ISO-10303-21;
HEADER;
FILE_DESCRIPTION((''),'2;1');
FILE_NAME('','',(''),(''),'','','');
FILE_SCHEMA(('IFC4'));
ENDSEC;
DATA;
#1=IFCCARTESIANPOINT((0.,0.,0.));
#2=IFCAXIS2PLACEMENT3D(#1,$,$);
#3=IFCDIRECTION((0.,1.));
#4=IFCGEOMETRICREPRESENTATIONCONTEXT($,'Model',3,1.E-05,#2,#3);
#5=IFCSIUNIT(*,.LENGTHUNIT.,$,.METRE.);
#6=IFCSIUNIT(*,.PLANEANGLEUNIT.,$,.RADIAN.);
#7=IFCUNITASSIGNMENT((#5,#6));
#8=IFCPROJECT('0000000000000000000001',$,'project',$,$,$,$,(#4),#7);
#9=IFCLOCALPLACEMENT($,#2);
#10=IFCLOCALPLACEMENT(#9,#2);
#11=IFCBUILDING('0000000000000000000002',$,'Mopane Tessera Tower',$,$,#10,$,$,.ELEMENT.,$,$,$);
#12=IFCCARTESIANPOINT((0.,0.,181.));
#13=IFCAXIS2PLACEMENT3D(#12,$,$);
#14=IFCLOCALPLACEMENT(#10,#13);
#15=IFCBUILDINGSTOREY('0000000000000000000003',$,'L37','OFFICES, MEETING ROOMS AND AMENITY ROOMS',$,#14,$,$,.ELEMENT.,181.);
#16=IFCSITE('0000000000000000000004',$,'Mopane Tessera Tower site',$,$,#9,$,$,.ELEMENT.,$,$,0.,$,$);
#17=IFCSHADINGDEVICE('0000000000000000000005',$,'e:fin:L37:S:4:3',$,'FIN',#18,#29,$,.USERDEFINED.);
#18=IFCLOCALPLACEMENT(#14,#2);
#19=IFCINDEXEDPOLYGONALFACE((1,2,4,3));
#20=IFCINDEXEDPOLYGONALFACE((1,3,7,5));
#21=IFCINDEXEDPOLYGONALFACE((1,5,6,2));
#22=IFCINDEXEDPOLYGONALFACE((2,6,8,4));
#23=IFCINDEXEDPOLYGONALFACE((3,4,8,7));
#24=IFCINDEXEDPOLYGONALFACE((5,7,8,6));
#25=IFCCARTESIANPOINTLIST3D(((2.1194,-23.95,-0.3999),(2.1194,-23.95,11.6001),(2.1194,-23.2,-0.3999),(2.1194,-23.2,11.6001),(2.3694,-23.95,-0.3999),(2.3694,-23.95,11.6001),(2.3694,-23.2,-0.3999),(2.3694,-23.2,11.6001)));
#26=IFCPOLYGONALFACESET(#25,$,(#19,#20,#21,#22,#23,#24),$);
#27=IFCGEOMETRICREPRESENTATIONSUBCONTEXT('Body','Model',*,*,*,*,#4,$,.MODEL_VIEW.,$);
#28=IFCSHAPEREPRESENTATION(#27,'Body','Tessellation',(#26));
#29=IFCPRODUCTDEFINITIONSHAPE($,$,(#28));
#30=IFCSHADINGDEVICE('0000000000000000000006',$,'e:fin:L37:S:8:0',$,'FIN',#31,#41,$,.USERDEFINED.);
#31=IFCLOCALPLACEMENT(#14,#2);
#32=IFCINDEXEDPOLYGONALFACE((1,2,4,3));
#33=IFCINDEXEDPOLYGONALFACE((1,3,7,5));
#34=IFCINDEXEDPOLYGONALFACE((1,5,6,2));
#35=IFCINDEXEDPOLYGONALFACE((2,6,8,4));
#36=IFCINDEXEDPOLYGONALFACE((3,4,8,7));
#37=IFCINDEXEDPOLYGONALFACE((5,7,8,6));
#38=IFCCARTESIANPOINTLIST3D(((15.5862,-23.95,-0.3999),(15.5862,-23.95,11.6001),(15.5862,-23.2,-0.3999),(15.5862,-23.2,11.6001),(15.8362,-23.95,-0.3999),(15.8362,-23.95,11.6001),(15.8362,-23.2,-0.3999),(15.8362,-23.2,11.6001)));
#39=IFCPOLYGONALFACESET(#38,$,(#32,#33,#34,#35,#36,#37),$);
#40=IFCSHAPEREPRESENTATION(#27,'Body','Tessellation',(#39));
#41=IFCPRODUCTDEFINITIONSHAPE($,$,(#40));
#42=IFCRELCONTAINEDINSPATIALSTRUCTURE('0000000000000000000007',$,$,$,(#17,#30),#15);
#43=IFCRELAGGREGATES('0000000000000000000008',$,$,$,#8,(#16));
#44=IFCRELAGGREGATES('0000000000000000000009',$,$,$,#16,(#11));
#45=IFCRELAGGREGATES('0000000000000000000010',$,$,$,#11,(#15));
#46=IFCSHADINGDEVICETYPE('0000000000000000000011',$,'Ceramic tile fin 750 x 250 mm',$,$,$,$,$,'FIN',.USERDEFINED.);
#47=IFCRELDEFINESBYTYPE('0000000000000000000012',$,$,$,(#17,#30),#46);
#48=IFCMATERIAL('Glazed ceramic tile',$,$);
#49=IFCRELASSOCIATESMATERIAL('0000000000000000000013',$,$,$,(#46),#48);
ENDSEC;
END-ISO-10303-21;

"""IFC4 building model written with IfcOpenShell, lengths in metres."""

from ifc_helpers import new_model, si_unit, direction, frame, origin, origin_2d, place, context, subcontext, project, spatial, rectangle, extrude, material, type_object, element, save


model = new_model("IFC4")

# Units and contexts
model_context = context("Model", 3, precision=1e-05, world=origin(), true_north=direction((0.0, 1.0)))
body_context = subcontext(model_context, "Body", "Model", "MODEL_VIEW")
ifc_project = project(units=[si_unit("LENGTHUNIT", "METRE"), si_unit("PLANEANGLEUNIT", "RADIAN")], contexts=[model_context])

# Site, building, storey
site_placement = place(None, origin())
site = spatial("IfcSite", under=ifc_project, at=site_placement, Name="Mopane Tessera Tower site", CompositionType="ELEMENT", RefElevation=0.0)
building_placement = place(site_placement, origin())
building = spatial("IfcBuilding", under=site, at=building_placement, Name="Mopane Tessera Tower", CompositionType="ELEMENT")
storey_placement = place(building_placement, frame((0.0, 0.0, 181.0)))
storey = spatial("IfcBuildingStorey", under=building, at=storey_placement, Name="L37", Description="OFFICES, MEETING ROOMS AND AMENITY ROOMS", CompositionType="ELEMENT", Elevation=181.0)

# Shading devices
ifc_material_1 = material(Name="Glazed ceramic tile")
shading_device_type = type_object("IfcShadingDeviceType", Name="Ceramic tile fin 750 x 250 mm", ElementType="FIN", PredefinedType="USERDEFINED", material=ifc_material_1)
for number, where, z_axis, x_axis, name in (
    (1, (2.2444, -23.575, -0.3999), (0.0, 0.0, 1.0), (1.0, 0.0, 0.0), "e:fin:L37:S:4:3"),
    (2, (15.7112, -23.575, -0.3999), (0.0, 0.0, 1.0), (1.0, 0.0, 0.0), "e:fin:L37:S:8:0"),
):
    element("IfcShadingDevice", number, at=place(storey_placement, frame(where, z_axis=z_axis, x_axis=x_axis)), inside=storey, type_object=shading_device_type, Name=name, ObjectType="FIN", PredefinedType="USERDEFINED", context=body_context, shape_type="SweptSolid", body=[
        extrude(rectangle(XDim=0.25, YDim=0.75, at=origin_2d()), origin(), (0.0, 0.0, 1.0), 12.0),
    ])

save(model, "model.ifc")
